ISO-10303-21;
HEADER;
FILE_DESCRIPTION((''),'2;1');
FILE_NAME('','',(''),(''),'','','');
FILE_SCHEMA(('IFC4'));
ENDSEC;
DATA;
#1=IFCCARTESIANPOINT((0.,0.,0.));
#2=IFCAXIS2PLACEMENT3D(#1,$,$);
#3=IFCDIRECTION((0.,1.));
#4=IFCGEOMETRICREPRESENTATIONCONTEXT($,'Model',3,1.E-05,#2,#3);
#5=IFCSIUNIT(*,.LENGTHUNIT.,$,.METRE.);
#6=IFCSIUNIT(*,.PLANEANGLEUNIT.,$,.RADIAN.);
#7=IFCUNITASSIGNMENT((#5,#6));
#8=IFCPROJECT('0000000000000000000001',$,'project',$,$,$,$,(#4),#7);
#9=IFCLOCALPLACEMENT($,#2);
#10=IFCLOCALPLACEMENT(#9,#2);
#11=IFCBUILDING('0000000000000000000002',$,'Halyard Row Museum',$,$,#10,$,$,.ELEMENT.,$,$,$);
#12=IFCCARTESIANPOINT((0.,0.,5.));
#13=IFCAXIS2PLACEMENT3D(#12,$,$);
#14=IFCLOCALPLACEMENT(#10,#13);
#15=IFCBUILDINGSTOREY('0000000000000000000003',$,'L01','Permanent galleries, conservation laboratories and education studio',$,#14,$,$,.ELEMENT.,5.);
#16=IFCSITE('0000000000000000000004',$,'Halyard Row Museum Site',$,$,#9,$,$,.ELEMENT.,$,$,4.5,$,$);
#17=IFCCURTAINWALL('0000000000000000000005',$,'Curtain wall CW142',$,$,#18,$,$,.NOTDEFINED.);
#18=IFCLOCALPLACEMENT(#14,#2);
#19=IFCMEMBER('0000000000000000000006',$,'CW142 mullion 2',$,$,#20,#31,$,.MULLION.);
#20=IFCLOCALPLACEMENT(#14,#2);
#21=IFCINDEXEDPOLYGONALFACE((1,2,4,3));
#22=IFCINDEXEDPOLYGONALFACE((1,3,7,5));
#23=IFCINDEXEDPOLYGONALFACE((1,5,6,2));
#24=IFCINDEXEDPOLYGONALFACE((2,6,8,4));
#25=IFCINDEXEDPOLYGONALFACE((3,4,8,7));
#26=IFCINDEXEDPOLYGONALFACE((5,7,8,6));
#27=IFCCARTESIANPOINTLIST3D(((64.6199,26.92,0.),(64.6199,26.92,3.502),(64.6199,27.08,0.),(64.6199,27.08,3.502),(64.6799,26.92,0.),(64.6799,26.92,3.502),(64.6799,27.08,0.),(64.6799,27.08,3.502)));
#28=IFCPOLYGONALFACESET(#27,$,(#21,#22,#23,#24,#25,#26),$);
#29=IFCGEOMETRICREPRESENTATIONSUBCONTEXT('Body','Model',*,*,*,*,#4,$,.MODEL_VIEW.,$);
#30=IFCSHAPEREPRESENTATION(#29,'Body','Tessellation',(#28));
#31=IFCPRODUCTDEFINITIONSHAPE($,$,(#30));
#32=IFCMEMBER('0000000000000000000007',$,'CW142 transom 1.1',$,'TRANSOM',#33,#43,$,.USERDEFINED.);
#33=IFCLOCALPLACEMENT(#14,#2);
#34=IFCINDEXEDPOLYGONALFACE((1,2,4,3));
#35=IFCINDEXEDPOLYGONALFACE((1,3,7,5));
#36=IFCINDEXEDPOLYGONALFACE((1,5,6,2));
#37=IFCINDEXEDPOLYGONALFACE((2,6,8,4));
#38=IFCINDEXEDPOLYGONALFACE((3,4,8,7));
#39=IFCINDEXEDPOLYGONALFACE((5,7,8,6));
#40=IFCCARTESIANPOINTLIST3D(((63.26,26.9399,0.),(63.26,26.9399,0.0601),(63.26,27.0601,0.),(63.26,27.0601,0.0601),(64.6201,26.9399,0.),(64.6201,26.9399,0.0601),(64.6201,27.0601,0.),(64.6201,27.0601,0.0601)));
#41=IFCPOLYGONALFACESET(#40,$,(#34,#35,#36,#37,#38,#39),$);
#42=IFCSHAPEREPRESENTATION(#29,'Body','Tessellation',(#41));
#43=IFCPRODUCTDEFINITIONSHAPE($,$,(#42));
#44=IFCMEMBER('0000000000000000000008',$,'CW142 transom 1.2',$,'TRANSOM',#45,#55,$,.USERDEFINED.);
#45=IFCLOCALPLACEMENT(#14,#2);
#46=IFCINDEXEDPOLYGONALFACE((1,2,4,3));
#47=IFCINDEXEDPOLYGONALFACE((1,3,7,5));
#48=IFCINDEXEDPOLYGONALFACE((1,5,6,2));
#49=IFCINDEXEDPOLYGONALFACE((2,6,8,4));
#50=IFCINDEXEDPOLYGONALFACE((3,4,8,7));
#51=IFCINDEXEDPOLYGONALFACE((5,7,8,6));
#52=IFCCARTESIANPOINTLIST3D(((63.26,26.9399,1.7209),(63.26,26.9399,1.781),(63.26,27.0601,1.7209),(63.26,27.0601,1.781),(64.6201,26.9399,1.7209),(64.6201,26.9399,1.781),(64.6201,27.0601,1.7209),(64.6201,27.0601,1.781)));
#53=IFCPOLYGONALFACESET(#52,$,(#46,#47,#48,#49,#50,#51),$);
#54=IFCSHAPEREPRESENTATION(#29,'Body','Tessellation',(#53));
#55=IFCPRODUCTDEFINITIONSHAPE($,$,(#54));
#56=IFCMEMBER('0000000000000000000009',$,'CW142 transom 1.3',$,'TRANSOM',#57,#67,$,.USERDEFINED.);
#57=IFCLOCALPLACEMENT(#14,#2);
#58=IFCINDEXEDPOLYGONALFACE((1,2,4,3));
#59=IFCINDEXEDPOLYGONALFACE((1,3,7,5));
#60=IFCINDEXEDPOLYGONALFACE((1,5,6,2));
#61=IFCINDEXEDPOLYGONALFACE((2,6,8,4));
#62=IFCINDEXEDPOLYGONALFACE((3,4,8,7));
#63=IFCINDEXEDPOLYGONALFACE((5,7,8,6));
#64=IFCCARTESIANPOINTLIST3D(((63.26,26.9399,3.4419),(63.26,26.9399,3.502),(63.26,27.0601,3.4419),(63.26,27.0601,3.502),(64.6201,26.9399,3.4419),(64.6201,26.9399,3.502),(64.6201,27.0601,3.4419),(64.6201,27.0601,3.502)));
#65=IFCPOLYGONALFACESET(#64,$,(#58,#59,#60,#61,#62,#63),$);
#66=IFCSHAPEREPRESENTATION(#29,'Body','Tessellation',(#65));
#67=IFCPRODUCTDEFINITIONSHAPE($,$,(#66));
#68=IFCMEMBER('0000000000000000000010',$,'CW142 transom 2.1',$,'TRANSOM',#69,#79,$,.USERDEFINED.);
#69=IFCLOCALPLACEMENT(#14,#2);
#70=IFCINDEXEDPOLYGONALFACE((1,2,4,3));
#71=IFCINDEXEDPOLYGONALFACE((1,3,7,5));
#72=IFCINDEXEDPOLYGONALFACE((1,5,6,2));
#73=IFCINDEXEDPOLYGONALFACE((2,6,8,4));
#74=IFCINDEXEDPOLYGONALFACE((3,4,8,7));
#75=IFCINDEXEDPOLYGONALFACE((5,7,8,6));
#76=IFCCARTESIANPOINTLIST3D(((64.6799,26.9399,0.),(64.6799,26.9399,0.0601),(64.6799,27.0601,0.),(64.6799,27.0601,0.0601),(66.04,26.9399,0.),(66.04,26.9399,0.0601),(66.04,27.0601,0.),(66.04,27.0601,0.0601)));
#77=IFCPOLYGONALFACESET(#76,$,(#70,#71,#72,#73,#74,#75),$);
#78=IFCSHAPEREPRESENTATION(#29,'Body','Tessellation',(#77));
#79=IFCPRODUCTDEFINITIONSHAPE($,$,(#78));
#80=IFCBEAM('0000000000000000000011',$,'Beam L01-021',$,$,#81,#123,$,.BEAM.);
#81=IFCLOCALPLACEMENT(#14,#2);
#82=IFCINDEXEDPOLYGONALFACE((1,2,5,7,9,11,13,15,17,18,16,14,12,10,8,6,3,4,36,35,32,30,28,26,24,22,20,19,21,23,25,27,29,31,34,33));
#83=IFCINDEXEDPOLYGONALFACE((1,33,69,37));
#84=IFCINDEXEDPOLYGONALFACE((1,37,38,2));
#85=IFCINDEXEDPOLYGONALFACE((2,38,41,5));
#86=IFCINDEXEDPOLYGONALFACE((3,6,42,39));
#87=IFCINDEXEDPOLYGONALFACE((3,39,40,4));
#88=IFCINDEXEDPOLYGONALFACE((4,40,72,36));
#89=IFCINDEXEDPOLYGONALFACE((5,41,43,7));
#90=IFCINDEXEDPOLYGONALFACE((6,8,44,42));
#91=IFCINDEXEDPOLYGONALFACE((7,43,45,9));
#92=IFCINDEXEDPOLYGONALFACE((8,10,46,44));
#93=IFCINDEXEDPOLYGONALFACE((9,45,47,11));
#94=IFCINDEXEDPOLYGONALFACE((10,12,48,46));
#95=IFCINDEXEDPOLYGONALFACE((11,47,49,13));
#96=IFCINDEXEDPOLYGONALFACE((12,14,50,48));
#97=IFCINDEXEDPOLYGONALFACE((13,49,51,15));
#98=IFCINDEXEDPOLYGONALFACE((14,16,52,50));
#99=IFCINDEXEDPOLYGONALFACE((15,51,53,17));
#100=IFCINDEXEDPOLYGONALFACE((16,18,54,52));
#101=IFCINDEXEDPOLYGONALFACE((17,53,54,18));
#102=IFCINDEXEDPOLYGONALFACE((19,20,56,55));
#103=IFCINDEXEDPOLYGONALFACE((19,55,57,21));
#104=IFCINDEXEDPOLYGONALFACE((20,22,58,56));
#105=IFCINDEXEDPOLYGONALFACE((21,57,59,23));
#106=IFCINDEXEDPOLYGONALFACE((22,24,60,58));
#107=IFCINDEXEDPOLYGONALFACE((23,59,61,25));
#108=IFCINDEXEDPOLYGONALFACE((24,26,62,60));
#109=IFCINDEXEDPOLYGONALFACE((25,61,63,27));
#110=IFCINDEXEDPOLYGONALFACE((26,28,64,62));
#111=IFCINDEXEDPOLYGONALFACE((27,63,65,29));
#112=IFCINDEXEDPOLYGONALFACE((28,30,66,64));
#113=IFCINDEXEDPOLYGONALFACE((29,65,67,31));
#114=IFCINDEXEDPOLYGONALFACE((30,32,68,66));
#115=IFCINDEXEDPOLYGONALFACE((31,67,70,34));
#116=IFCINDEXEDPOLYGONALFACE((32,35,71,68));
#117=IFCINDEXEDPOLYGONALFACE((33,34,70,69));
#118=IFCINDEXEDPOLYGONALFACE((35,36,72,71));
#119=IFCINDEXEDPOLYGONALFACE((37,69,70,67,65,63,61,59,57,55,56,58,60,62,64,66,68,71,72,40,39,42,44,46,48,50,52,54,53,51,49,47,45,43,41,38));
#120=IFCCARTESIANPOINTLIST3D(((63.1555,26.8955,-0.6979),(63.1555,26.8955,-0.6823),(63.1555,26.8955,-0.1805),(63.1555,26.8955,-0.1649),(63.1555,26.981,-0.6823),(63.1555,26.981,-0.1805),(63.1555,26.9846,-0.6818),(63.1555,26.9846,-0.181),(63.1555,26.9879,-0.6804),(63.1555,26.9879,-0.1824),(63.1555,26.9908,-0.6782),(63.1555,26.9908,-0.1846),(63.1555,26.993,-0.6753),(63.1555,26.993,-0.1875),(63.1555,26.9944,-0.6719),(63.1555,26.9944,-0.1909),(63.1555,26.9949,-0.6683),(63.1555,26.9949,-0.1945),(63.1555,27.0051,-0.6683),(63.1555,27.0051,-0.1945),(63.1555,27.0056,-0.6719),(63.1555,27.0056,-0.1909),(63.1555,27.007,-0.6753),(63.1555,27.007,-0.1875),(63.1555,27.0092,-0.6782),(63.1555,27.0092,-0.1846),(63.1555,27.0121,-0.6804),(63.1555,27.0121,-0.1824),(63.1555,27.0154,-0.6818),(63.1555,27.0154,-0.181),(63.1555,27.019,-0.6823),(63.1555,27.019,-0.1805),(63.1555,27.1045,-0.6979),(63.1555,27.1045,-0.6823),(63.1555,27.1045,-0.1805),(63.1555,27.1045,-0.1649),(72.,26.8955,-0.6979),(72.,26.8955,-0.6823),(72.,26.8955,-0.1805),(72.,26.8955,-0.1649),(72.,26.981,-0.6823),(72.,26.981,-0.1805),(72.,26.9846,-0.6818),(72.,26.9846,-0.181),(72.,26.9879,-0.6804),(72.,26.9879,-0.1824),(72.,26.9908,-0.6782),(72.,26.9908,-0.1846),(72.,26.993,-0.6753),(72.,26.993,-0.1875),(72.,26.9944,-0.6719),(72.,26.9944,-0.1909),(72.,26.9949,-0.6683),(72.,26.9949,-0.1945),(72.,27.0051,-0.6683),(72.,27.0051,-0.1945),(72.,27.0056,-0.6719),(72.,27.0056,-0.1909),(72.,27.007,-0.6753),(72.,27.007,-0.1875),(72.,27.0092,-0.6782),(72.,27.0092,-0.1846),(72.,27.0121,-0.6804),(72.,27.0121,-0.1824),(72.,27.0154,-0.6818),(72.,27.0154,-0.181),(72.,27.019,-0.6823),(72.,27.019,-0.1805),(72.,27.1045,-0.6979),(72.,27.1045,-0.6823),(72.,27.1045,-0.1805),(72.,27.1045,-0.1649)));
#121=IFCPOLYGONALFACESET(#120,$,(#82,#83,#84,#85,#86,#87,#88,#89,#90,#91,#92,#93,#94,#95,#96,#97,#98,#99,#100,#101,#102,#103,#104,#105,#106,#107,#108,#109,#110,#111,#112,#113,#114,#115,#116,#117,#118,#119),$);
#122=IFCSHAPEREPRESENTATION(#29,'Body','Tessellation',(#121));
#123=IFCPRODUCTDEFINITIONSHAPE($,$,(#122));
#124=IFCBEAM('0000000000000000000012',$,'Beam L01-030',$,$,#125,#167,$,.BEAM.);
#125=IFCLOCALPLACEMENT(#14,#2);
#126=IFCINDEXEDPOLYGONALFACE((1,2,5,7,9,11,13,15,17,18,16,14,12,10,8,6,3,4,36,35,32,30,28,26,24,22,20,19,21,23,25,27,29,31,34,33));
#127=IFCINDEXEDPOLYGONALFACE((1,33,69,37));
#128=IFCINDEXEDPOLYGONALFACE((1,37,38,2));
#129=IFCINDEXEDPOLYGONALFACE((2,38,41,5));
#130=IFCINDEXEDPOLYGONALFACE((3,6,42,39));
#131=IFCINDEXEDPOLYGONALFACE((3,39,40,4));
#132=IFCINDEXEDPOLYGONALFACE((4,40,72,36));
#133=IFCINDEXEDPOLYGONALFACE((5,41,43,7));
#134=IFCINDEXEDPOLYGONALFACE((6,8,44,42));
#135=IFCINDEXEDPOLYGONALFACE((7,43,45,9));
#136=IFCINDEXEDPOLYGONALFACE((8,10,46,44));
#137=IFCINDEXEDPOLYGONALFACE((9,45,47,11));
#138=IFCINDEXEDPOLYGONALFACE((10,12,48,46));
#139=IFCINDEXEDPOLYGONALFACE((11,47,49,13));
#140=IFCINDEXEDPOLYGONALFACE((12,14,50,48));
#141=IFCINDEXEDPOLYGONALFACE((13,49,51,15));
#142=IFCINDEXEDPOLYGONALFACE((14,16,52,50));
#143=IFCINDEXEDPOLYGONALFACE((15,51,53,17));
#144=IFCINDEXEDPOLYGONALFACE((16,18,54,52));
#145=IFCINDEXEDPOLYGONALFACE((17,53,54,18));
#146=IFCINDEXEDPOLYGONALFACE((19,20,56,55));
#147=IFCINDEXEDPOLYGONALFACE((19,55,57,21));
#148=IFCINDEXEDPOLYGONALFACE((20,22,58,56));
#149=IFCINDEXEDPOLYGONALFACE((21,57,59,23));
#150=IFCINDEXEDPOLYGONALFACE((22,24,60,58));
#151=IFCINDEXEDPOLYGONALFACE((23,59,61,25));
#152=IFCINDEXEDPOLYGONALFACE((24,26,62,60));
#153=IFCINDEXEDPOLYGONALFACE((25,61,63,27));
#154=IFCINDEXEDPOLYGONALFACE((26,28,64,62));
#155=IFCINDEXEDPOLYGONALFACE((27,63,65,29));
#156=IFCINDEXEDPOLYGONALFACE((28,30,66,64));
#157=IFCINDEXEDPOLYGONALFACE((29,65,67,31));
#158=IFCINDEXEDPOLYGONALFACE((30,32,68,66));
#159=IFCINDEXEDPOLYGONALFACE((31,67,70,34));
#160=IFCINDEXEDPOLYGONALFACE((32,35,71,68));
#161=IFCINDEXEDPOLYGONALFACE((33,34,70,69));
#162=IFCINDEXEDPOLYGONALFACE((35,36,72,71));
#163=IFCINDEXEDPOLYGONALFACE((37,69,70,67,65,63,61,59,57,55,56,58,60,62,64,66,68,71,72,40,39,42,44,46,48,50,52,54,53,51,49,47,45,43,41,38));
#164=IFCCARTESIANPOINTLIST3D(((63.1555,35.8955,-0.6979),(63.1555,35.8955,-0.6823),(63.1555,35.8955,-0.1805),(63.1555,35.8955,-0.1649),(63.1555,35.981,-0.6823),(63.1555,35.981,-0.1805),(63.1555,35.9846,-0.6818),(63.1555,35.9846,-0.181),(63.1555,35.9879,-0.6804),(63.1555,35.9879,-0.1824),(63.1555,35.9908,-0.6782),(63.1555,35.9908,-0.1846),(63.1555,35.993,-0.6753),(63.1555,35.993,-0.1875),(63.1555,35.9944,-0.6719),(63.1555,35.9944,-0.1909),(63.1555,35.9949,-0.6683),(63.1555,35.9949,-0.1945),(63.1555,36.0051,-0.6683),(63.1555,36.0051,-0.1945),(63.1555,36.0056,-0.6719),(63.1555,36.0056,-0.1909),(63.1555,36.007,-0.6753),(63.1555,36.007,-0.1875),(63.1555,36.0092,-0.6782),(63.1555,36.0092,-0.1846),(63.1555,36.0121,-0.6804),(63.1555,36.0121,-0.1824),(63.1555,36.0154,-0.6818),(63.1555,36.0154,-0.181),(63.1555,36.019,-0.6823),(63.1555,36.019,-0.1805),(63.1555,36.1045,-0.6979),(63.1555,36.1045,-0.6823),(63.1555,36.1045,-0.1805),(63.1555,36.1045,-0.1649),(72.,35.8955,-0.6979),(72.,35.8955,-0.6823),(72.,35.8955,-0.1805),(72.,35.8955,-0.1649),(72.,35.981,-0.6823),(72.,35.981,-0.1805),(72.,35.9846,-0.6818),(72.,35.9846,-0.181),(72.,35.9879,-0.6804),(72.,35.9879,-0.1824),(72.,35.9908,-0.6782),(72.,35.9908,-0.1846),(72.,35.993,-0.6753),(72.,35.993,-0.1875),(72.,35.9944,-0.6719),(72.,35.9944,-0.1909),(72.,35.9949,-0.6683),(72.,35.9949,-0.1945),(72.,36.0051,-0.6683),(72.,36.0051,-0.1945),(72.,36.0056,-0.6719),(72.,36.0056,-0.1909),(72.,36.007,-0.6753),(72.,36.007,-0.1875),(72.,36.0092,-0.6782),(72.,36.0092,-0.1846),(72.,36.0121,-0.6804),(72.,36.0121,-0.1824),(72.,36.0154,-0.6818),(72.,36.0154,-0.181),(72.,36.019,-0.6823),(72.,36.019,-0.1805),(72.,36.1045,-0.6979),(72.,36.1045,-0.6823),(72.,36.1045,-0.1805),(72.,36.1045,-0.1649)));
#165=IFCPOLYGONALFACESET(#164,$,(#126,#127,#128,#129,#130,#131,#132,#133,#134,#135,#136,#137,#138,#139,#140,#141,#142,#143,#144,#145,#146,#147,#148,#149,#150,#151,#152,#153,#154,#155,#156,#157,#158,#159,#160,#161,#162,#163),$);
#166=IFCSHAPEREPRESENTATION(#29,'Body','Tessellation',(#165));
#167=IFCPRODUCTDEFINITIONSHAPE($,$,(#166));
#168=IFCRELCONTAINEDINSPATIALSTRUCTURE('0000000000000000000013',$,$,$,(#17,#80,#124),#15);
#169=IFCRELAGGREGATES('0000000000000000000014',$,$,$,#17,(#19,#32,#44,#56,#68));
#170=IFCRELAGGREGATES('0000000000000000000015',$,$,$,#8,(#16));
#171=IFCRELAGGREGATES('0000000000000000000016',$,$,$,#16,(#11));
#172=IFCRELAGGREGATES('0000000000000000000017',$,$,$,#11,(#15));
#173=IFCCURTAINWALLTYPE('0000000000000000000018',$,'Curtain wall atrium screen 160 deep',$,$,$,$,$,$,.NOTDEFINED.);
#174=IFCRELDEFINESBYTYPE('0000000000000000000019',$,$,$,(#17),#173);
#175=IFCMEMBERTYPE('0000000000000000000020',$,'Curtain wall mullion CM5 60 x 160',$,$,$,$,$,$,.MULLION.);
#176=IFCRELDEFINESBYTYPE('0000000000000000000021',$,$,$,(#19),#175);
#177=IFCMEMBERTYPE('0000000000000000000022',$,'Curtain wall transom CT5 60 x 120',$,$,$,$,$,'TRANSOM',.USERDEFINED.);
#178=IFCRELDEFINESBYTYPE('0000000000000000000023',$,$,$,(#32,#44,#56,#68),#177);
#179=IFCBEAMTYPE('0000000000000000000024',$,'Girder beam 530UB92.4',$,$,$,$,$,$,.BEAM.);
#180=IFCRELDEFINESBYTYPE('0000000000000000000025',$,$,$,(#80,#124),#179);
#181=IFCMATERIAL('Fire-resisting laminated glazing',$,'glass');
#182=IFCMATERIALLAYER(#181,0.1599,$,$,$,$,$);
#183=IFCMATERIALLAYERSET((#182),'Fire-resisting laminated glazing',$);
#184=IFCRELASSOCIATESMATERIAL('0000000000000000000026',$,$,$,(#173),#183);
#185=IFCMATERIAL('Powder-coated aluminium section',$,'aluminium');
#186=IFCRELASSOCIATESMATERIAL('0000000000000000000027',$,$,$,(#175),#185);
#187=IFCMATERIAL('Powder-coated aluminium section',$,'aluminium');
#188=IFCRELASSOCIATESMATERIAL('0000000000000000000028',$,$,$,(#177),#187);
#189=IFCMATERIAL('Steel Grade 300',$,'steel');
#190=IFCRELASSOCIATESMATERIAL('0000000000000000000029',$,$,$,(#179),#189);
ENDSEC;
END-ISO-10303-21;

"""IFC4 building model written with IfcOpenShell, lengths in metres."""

from ifc_helpers import new_model, si_unit, direction, frame, origin, origin_2d, place, context, subcontext, project, spatial, rectangle, i_section, extrude, material, layer, layer_set, material_profile, profile_set, type_object, element, aggregate, save


model = new_model("IFC4")

# Units and contexts
model_context = context("Model", 3, precision=1e-05, world=origin(), true_north=direction((0.0, 1.0)))
body_context = subcontext(model_context, "Body", "Model", "MODEL_VIEW")
ifc_project = project(units=[si_unit("LENGTHUNIT", "METRE"), si_unit("PLANEANGLEUNIT", "RADIAN")], contexts=[model_context])

# Site, building, storey
site_placement = place(None, origin())
site = spatial("IfcSite", under=ifc_project, at=site_placement, Name="Halyard Row Museum Site", CompositionType="ELEMENT", RefElevation=4.5)
building_placement = place(site_placement, origin())
building = spatial("IfcBuilding", under=site, at=building_placement, Name="Halyard Row Museum", CompositionType="ELEMENT")
storey_placement = place(building_placement, frame((0.0, 0.0, 5.0)))
storey = spatial("IfcBuildingStorey", under=building, at=storey_placement, Name="L01", Description="Permanent galleries, conservation laboratories and education studio", CompositionType="ELEMENT", Elevation=5.0)

# Curtain wall, members
ifc_material_1 = material(Name="Fire-resisting laminated glazing", Category="glass")
ifc_layer_1 = layer(ifc_material_1, 0.1599)
ifc_layer_set_1 = layer_set([ifc_layer_1], Name="Fire-resisting laminated glazing")
curtain_wall_type = type_object("IfcCurtainWallType", Name="Curtain wall atrium screen 160 deep", PredefinedType="NOTDEFINED", material=ifc_layer_set_1)
curtain_wall_placement = place(storey_placement, origin())
curtain_wall = element("IfcCurtainWall", 1, at=curtain_wall_placement, inside=storey, type_object=curtain_wall_type, Name="Curtain wall CW142", PredefinedType="NOTDEFINED")
ifc_material_2 = material(Name="Powder-coated aluminium section", Category="aluminium")
ifc_material_profile_1 = material_profile(ifc_material_2, rectangle(XDim=0.1599, YDim=0.0601, at=origin_2d()), Name="160x60 mullion")
ifc_profile_set_1 = profile_set([ifc_material_profile_1], Name="Powder-coated aluminium section")
member_type_1 = type_object("IfcMemberType", Name="Curtain wall mullion CM5 60 x 160", PredefinedType="MULLION", material=ifc_profile_set_1)
member_1_placement = place(storey_placement, frame((64.6499, 27.0, 0.0), z_axis=(0.0, 0.0, 1.0), x_axis=(0.0, 1.0, 0.0)))
member_1 = element("IfcMember", 2, at=member_1_placement, type_object=member_type_1, Name="CW142 mullion 2", PredefinedType="MULLION", context=body_context, shape_type="SweptSolid", body=[
    extrude(rectangle(XDim=0.1599, YDim=0.0601, at=origin_2d()), origin(), (0.0, 0.0, 1.0), 3.502),
])
ifc_material_3 = material(Name="Powder-coated aluminium section", Category="aluminium")
ifc_material_profile_2 = material_profile(ifc_material_3, rectangle(XDim=0.1201, YDim=0.0601, at=origin_2d()), Name="120x60 transom")
ifc_profile_set_2 = profile_set([ifc_material_profile_2], Name="Powder-coated aluminium section")
member_type_2 = type_object("IfcMemberType", Name="Curtain wall transom CT5 60 x 120", ElementType="TRANSOM", PredefinedType="USERDEFINED", material=ifc_profile_set_2)
member_2_placement = place(storey_placement, frame((63.26, 27.0, 0.03), z_axis=(1.0, 0.0, 0.0), x_axis=(0.0, 1.0, 0.0)))
member_2 = element("IfcMember", 3, at=member_2_placement, type_object=member_type_2, Name="CW142 transom 1.1", ObjectType="TRANSOM", PredefinedType="USERDEFINED", context=body_context, shape_type="SweptSolid", body=[
    extrude(rectangle(XDim=0.1201, YDim=0.0601, at=origin_2d()), origin(), (0.0, 0.0, 1.0), 1.3601),
])
member_3_placement = place(storey_placement, frame((63.26, 27.0, 1.751), z_axis=(1.0, 0.0, 0.0), x_axis=(0.0, 1.0, 0.0)))
member_3 = element("IfcMember", 4, at=member_3_placement, type_object=member_type_2, Name="CW142 transom 1.2", ObjectType="TRANSOM", PredefinedType="USERDEFINED", context=body_context, shape_type="SweptSolid", body=[
    extrude(rectangle(XDim=0.1201, YDim=0.0601, at=origin_2d()), origin(), (0.0, 0.0, 1.0), 1.3601),
])
member_4_placement = place(storey_placement, frame((63.26, 27.0, 3.4719), z_axis=(1.0, 0.0, 0.0), x_axis=(0.0, 1.0, 0.0)))
member_4 = element("IfcMember", 5, at=member_4_placement, type_object=member_type_2, Name="CW142 transom 1.3", ObjectType="TRANSOM", PredefinedType="USERDEFINED", context=body_context, shape_type="SweptSolid", body=[
    extrude(rectangle(XDim=0.1201, YDim=0.0601, at=origin_2d()), origin(), (0.0, 0.0, 1.0), 1.3601),
])
member_5_placement = place(storey_placement, frame((64.6799, 27.0, 0.03), z_axis=(1.0, 0.0, 0.0), x_axis=(0.0, 1.0, 0.0)))
member_5 = element("IfcMember", 6, at=member_5_placement, type_object=member_type_2, Name="CW142 transom 2.1", ObjectType="TRANSOM", PredefinedType="USERDEFINED", context=body_context, shape_type="SweptSolid", body=[
    extrude(rectangle(XDim=0.1201, YDim=0.0601, at=origin_2d()), origin(), (0.0, 0.0, 1.0), 1.3601),
])

# Beams
ifc_material_4 = material(Name="Steel Grade 300", Category="steel")
ifc_material_profile_3 = material_profile(ifc_material_4, i_section(OverallWidth=0.209, OverallDepth=0.533, WebThickness=0.0103, FlangeThickness=0.0156, FilletRadius=0.0139, at=origin_2d()), Name="530UB92.4")
ifc_profile_set_3 = profile_set([ifc_material_profile_3], Name="Steel Grade 300")
beam_type_1 = type_object("IfcBeamType", Name="Girder beam 530UB92.4", PredefinedType="BEAM", material=ifc_profile_set_3)
for number, where, z_axis, x_axis, name in (
    (7, (63.1555, 27.0, -0.4314), (1.0, 0.0, 0.0), (0.0, 1.0, 0.0), "Beam L01-021"),
    (8, (63.1555, 36.0, -0.4314), (1.0, 0.0, 0.0), (0.0, 1.0, 0.0), "Beam L01-030"),
):
    element("IfcBeam", number, at=place(storey_placement, frame(where, z_axis=z_axis, x_axis=x_axis)), inside=storey, type_object=beam_type_1, Name=name, PredefinedType="BEAM", context=body_context, shape_type="SweptSolid", body=[
        extrude(i_section(OverallWidth=0.209, OverallDepth=0.533, WebThickness=0.0103, FlangeThickness=0.0156, FilletRadius=0.0139, at=origin_2d()), origin(), (0.0, 0.0, 1.0), 8.8445),
    ])

aggregate(curtain_wall, [member_1, member_2, member_3, member_4, member_5])

save(model, "model.ifc")
